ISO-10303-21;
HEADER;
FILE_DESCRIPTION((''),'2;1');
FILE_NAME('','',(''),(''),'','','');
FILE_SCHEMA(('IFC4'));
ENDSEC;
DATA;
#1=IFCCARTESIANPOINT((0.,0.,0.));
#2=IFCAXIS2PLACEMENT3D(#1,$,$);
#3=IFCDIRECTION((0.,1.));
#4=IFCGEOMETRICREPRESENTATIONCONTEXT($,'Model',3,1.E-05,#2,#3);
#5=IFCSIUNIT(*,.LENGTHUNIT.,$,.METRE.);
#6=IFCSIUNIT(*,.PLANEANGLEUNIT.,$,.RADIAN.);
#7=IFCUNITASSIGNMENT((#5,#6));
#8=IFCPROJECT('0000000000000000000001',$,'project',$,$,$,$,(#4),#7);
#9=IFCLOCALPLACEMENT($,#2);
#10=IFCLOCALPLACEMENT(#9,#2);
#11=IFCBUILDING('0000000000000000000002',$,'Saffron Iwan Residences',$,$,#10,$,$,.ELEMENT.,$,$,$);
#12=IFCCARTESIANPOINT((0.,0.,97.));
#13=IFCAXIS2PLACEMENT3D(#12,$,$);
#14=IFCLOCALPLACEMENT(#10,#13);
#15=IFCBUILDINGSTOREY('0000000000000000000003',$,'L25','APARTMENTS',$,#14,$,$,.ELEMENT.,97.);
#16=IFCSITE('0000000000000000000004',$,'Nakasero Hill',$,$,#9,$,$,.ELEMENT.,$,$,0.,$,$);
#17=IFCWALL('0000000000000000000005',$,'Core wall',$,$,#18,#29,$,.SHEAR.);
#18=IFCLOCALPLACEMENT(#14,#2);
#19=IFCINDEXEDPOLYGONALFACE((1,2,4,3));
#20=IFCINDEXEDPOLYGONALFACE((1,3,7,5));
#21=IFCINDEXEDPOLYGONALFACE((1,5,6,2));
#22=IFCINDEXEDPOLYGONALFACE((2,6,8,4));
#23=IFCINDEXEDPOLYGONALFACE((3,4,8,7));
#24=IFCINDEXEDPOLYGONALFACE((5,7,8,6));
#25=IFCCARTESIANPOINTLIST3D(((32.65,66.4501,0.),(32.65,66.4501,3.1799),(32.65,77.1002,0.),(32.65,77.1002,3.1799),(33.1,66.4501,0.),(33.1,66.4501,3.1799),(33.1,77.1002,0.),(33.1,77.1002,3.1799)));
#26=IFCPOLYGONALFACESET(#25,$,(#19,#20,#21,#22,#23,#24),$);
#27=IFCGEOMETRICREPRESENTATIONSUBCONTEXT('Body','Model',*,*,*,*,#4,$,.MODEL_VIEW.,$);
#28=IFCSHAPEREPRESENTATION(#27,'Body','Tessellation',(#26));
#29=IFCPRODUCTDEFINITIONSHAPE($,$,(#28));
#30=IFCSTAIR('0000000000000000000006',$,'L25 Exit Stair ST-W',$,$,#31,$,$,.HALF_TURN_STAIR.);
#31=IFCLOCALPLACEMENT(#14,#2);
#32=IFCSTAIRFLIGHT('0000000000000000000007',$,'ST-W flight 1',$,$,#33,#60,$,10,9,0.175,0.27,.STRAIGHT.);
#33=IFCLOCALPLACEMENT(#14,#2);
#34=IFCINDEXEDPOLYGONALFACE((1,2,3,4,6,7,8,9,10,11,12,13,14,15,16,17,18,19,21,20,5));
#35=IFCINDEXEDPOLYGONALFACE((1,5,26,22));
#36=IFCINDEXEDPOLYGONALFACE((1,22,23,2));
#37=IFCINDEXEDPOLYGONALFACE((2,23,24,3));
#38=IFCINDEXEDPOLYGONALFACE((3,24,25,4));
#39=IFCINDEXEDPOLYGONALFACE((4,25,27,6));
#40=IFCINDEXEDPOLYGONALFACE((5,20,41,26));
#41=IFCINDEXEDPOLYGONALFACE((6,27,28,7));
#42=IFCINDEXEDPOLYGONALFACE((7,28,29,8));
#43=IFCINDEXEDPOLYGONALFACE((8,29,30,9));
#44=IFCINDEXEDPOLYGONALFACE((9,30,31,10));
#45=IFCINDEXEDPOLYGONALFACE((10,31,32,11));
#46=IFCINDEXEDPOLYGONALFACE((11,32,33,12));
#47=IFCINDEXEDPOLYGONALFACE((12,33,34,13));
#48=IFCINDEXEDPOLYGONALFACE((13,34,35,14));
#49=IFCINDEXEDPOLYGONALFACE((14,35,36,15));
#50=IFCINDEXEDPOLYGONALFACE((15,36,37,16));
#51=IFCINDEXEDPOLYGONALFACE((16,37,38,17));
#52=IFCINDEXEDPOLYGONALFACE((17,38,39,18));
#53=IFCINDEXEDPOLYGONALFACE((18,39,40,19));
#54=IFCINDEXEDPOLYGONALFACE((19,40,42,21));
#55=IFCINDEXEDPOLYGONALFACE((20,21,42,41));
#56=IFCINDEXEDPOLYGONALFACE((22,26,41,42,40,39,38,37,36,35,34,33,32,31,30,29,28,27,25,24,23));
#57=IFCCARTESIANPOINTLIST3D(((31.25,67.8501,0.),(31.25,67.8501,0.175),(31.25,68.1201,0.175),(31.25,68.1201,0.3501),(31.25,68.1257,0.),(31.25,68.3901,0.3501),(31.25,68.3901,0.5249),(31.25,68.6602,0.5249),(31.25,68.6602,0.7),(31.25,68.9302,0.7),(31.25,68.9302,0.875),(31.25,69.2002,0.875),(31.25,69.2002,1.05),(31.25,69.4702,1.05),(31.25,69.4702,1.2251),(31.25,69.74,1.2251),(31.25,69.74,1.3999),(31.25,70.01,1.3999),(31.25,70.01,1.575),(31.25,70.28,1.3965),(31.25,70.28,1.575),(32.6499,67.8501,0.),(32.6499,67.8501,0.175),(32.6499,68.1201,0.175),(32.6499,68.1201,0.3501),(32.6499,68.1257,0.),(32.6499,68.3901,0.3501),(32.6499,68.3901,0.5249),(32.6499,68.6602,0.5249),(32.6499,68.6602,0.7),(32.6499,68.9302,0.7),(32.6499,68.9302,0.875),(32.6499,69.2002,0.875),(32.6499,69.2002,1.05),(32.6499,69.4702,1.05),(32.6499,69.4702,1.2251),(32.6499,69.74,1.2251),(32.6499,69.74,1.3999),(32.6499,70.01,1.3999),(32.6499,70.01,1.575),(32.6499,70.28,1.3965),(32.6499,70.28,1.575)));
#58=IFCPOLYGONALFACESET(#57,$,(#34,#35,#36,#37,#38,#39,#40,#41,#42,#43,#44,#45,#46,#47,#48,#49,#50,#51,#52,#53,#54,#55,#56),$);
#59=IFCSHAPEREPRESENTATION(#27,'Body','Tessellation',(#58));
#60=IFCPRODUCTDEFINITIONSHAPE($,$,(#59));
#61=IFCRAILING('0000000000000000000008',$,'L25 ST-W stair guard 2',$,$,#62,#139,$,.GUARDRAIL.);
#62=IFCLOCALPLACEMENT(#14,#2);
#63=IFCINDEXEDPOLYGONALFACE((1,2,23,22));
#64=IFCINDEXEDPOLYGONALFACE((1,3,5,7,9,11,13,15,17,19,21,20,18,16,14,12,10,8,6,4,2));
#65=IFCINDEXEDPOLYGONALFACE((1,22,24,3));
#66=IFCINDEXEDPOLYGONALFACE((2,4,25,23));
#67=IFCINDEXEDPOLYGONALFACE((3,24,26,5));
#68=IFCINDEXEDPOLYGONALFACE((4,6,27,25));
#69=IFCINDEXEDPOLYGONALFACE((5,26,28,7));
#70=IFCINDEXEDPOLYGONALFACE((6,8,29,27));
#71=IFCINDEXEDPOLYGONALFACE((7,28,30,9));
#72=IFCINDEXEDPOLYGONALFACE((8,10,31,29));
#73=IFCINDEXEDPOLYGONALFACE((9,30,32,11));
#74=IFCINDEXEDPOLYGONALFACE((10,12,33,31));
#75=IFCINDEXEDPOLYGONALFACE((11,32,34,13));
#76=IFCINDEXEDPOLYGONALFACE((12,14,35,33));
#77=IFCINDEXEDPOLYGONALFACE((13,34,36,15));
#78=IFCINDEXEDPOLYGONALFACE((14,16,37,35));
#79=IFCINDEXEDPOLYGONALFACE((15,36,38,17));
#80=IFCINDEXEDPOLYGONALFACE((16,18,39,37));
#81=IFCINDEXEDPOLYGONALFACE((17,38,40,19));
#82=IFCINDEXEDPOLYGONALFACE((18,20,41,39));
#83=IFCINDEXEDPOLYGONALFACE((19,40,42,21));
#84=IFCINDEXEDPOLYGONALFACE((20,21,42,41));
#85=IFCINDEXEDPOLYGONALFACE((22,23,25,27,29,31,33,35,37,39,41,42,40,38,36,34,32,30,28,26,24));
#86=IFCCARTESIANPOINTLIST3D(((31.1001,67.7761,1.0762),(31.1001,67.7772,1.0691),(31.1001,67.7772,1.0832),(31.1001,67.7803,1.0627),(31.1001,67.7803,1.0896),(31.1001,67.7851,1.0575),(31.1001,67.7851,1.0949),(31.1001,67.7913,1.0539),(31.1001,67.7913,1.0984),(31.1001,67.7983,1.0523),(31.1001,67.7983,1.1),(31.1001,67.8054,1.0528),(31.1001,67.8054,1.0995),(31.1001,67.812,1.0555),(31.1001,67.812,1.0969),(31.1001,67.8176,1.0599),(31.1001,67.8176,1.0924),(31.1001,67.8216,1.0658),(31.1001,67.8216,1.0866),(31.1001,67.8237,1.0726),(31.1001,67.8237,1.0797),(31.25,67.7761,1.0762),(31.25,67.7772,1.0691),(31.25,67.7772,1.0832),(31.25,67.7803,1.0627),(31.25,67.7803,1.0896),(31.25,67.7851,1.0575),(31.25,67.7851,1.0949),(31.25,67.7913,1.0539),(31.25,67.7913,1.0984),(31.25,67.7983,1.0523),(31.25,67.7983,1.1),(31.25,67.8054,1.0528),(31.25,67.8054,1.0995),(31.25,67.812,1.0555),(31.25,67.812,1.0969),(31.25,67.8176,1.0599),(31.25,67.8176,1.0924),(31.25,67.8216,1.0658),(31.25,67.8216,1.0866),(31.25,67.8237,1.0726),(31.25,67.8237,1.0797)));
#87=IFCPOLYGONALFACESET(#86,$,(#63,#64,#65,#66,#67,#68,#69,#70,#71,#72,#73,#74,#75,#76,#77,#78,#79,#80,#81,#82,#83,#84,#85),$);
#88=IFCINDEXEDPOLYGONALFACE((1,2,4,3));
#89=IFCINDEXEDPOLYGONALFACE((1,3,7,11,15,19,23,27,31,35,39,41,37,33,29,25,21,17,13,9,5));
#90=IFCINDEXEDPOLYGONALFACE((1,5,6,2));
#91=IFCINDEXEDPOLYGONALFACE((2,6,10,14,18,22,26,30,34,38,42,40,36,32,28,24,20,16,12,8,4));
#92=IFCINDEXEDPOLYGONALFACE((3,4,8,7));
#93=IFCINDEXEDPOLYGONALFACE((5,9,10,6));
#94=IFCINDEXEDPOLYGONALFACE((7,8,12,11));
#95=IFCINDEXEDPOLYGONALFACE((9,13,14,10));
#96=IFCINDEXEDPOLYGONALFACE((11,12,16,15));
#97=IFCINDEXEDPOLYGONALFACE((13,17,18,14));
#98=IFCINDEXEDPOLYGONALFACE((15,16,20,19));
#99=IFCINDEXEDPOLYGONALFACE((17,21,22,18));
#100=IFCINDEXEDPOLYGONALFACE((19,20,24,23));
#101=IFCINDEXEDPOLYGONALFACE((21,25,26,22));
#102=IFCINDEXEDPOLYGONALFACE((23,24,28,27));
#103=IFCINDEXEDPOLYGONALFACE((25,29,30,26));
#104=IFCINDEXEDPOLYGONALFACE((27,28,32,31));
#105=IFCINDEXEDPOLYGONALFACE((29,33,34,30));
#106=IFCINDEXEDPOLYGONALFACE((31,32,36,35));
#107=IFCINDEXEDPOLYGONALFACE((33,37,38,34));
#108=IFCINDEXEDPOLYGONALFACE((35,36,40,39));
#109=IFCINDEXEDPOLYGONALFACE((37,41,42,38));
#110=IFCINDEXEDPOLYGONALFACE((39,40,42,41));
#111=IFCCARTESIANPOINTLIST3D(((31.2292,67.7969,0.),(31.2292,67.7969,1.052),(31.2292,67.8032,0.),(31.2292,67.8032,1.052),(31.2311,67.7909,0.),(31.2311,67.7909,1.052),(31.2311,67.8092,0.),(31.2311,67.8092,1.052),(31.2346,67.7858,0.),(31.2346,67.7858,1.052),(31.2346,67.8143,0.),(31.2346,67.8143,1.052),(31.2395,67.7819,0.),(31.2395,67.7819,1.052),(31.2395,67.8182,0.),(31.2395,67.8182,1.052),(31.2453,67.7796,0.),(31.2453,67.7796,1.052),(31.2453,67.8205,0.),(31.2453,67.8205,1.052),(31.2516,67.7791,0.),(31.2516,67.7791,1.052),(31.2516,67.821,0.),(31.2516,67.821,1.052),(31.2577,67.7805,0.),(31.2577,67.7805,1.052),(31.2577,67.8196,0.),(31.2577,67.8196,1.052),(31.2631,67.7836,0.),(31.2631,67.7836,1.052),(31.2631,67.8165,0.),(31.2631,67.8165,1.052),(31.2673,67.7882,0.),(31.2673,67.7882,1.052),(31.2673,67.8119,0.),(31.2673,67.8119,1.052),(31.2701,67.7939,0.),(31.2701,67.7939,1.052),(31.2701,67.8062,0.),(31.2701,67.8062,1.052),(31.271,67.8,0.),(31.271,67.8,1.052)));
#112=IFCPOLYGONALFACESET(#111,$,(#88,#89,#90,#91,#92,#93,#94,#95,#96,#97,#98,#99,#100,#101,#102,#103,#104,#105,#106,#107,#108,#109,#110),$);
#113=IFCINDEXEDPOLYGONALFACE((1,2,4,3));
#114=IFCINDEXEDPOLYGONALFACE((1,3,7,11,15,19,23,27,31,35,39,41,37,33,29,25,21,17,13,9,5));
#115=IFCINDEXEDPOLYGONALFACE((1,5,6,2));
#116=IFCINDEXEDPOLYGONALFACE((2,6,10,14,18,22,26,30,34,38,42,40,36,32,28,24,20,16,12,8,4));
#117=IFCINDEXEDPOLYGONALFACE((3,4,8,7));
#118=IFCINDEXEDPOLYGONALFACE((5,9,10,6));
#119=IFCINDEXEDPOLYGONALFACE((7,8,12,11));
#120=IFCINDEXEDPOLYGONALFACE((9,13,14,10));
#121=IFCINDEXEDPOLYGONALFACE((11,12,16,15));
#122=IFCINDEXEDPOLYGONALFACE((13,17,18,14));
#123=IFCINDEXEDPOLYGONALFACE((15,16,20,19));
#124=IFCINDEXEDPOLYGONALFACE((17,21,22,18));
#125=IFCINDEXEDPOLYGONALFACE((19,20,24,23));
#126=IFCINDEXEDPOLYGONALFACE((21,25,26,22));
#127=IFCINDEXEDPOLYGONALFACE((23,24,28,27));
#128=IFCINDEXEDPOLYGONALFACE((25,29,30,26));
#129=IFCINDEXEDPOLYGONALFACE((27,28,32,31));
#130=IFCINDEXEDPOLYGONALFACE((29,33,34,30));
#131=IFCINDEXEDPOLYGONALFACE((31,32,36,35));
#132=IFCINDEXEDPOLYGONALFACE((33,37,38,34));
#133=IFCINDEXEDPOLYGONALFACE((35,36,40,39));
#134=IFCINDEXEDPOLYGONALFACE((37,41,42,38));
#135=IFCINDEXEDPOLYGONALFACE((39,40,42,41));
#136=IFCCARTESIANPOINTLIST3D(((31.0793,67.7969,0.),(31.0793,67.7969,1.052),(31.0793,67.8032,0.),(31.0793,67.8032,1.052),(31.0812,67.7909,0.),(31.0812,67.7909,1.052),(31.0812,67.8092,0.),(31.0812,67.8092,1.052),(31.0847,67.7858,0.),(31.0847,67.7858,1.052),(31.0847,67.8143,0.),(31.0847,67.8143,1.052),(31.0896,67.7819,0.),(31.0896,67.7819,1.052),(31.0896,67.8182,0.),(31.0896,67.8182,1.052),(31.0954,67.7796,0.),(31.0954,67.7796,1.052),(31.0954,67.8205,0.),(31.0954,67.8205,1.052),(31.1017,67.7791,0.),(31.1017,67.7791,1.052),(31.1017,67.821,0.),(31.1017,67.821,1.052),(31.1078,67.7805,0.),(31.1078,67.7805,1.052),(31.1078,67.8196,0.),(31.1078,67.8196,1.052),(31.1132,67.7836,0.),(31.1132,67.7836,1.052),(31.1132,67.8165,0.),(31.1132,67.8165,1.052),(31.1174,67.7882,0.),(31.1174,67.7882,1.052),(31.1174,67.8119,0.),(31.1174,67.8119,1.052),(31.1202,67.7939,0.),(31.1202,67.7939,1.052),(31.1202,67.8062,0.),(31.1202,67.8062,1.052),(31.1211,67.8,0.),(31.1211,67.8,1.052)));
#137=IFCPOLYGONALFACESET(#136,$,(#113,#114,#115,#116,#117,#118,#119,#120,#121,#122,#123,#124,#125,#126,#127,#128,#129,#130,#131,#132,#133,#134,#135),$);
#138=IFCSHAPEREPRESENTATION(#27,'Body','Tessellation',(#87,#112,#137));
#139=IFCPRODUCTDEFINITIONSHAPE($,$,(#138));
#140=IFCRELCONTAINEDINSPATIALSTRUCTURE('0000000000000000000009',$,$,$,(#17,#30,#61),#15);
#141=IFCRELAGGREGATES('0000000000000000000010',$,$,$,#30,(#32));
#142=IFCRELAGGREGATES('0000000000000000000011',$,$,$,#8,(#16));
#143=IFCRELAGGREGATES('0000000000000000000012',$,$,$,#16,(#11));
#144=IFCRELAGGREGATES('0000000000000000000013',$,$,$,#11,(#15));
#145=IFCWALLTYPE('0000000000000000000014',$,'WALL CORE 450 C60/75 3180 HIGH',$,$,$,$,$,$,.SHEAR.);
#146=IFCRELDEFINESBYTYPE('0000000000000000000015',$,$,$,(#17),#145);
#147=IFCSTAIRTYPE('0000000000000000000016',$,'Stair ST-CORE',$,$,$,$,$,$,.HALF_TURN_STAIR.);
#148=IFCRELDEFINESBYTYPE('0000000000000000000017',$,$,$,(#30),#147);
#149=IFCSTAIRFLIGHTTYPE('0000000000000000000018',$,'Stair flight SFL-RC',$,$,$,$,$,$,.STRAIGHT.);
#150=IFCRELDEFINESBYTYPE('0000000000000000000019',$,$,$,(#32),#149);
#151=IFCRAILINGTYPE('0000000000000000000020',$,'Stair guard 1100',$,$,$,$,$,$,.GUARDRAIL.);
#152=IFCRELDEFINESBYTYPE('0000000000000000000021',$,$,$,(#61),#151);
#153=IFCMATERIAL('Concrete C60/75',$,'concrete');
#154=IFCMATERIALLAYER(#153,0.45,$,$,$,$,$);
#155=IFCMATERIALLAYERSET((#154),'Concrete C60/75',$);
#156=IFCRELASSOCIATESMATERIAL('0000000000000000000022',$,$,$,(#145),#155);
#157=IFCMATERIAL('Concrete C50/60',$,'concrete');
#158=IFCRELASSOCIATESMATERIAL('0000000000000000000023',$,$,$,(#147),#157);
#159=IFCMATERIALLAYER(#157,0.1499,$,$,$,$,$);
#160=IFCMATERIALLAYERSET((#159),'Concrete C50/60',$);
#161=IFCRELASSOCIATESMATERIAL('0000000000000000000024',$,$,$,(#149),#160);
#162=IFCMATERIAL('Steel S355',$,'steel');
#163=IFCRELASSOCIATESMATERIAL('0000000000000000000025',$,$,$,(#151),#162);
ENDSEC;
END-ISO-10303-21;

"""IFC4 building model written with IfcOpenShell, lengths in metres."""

from ifc_helpers import new_model, si_unit, direction, frame, frame_2d, origin, origin_2d, place, context, subcontext, project, spatial, polyline, rectangle, circle, outline, extrude, material, layer, layer_set, type_object, element, aggregate, save


model = new_model("IFC4")

# Units and contexts
model_context = context("Model", 3, precision=1e-05, world=origin(), true_north=direction((0.0, 1.0)))
body_context = subcontext(model_context, "Body", "Model", "MODEL_VIEW")
ifc_project = project(units=[si_unit("LENGTHUNIT", "METRE"), si_unit("PLANEANGLEUNIT", "RADIAN")], contexts=[model_context])

# Site, building, storey
site_placement = place(None, origin())
site = spatial("IfcSite", under=ifc_project, at=site_placement, Name="Nakasero Hill", CompositionType="ELEMENT", RefElevation=0.0)
building_placement = place(site_placement, origin())
building = spatial("IfcBuilding", under=site, at=building_placement, Name="Saffron Iwan Residences", CompositionType="ELEMENT")
storey_placement = place(building_placement, frame((0.0, 0.0, 97.0)))
storey = spatial("IfcBuildingStorey", under=building, at=storey_placement, Name="L25", Description="APARTMENTS", CompositionType="ELEMENT", Elevation=97.0)

# Shared definitions
ifc_material_1 = material(Name="Concrete C60/75", Category="concrete")
ifc_layer_1 = layer(ifc_material_1, 0.45)
ifc_layer_set_1 = layer_set([ifc_layer_1], Name="Concrete C60/75")
wall_type = type_object("IfcWallType", Name="WALL CORE 450 C60/75 3180 HIGH", PredefinedType="SHEAR", material=ifc_layer_set_1)

# Wall
wall_1_placement = place(storey_placement, frame((32.875, 66.45, 0.0), z_axis=(0.0, 0.0, 1.0), x_axis=(0.0, 1.0, 0.0)))
element("IfcWall", 1, at=wall_1_placement, inside=storey, type_object=wall_type, Name="Core wall", PredefinedType="SHEAR", context=body_context, shape_type="SweptSolid", body=[
    extrude(rectangle(XDim=10.6501, YDim=0.45, at=frame_2d((5.3252, 0.0))), origin(), (0.0, 0.0, 1.0), 3.1799),
])

# Stair, stair flight
ifc_material_2 = material(Name="Concrete C50/60", Category="concrete")
stair_type = type_object("IfcStairType", Name="Stair ST-CORE", PredefinedType="HALF_TURN_STAIR", material=ifc_material_2)
stair_placement = place(storey_placement, origin())
stair = element("IfcStair", 2, at=stair_placement, inside=storey, type_object=stair_type, Name="L25 Exit Stair ST-W", PredefinedType="HALF_TURN_STAIR")
ifc_layer_2 = layer(ifc_material_2, 0.1499)
ifc_layer_set_2 = layer_set([ifc_layer_2], Name="Concrete C50/60")
stair_flight_type = type_object("IfcStairFlightType", Name="Stair flight SFL-RC", PredefinedType="STRAIGHT", material=ifc_layer_set_2)
stair_flight_placement = place(storey_placement, frame((31.95, 67.8501, 0.0), z_axis=(0.0, 0.0, 1.0), x_axis=(0.0, 1.0, 0.0)))
stair_flight = element("IfcStairFlight", 3, at=stair_flight_placement, type_object=stair_flight_type, Name="ST-W flight 1", NumberOfRisers=10, NumberOfTreads=9, PredefinedType="STRAIGHT", RiserHeight=0.175, TreadLength=0.27, context=body_context, shape_type="SweptSolid", body=[
    extrude(outline(polyline([(0.0, 0.0), (0.0, 0.175), (0.27, 0.175), (0.27, 0.3501), (0.54, 0.3501), (0.54, 0.5249), (0.8101, 0.5249), (0.8101, 0.7), (1.0801, 0.7), (1.0801, 0.875), (1.3501, 0.875), (1.3501, 1.05), (1.6201, 1.05), (1.6201, 1.2251), (1.8899, 1.2251), (1.8899, 1.3999), (2.1599, 1.3999), (2.1599, 1.575), (2.4299, 1.575), (2.4299, 1.75), (2.4299, 1.3965), (0.2756, 0.0), (0.0, 0.0)])), frame((0.0, 0.7, 0.0), z_axis=(0.0, -1.0, 0.0), x_axis=(1.0, 0.0, 0.0)), (0.0, 0.0, 1.0), 1.3999),
])
aggregate(stair, [stair_flight])

# Railing
ifc_material_3 = material(Name="Steel S355", Category="steel")
railing_type_1 = type_object("IfcRailingType", Name="Stair guard 1100", PredefinedType="GUARDRAIL", material=ifc_material_3)
railing_1_placement = place(storey_placement, frame((31.25, 67.8, 0.0)))
element("IfcRailing", 4, at=railing_1_placement, inside=storey, type_object=railing_type_1, Name="L25 ST-W stair guard 2", PredefinedType="GUARDRAIL", context=body_context, shape_type="SweptSolid", body=[
    extrude(circle(Radius=0.0239, at=origin_2d()), frame((0.0, 0.0, 1.0762), z_axis=(-1.0, 0.0, 0.0), x_axis=(0.0, -1.0, 0.0)), (0.0, 0.0, 1.0), 0.1499),
    extrude(circle(Radius=0.021, at=origin_2d()), origin(), (0.0, 0.0, 1.0), 1.052),
    extrude(circle(Radius=0.021, at=origin_2d()), frame((-0.1499, 0.0, 0.0)), (0.0, 0.0, 1.0), 1.052),
])

save(model, "model.ifc")
